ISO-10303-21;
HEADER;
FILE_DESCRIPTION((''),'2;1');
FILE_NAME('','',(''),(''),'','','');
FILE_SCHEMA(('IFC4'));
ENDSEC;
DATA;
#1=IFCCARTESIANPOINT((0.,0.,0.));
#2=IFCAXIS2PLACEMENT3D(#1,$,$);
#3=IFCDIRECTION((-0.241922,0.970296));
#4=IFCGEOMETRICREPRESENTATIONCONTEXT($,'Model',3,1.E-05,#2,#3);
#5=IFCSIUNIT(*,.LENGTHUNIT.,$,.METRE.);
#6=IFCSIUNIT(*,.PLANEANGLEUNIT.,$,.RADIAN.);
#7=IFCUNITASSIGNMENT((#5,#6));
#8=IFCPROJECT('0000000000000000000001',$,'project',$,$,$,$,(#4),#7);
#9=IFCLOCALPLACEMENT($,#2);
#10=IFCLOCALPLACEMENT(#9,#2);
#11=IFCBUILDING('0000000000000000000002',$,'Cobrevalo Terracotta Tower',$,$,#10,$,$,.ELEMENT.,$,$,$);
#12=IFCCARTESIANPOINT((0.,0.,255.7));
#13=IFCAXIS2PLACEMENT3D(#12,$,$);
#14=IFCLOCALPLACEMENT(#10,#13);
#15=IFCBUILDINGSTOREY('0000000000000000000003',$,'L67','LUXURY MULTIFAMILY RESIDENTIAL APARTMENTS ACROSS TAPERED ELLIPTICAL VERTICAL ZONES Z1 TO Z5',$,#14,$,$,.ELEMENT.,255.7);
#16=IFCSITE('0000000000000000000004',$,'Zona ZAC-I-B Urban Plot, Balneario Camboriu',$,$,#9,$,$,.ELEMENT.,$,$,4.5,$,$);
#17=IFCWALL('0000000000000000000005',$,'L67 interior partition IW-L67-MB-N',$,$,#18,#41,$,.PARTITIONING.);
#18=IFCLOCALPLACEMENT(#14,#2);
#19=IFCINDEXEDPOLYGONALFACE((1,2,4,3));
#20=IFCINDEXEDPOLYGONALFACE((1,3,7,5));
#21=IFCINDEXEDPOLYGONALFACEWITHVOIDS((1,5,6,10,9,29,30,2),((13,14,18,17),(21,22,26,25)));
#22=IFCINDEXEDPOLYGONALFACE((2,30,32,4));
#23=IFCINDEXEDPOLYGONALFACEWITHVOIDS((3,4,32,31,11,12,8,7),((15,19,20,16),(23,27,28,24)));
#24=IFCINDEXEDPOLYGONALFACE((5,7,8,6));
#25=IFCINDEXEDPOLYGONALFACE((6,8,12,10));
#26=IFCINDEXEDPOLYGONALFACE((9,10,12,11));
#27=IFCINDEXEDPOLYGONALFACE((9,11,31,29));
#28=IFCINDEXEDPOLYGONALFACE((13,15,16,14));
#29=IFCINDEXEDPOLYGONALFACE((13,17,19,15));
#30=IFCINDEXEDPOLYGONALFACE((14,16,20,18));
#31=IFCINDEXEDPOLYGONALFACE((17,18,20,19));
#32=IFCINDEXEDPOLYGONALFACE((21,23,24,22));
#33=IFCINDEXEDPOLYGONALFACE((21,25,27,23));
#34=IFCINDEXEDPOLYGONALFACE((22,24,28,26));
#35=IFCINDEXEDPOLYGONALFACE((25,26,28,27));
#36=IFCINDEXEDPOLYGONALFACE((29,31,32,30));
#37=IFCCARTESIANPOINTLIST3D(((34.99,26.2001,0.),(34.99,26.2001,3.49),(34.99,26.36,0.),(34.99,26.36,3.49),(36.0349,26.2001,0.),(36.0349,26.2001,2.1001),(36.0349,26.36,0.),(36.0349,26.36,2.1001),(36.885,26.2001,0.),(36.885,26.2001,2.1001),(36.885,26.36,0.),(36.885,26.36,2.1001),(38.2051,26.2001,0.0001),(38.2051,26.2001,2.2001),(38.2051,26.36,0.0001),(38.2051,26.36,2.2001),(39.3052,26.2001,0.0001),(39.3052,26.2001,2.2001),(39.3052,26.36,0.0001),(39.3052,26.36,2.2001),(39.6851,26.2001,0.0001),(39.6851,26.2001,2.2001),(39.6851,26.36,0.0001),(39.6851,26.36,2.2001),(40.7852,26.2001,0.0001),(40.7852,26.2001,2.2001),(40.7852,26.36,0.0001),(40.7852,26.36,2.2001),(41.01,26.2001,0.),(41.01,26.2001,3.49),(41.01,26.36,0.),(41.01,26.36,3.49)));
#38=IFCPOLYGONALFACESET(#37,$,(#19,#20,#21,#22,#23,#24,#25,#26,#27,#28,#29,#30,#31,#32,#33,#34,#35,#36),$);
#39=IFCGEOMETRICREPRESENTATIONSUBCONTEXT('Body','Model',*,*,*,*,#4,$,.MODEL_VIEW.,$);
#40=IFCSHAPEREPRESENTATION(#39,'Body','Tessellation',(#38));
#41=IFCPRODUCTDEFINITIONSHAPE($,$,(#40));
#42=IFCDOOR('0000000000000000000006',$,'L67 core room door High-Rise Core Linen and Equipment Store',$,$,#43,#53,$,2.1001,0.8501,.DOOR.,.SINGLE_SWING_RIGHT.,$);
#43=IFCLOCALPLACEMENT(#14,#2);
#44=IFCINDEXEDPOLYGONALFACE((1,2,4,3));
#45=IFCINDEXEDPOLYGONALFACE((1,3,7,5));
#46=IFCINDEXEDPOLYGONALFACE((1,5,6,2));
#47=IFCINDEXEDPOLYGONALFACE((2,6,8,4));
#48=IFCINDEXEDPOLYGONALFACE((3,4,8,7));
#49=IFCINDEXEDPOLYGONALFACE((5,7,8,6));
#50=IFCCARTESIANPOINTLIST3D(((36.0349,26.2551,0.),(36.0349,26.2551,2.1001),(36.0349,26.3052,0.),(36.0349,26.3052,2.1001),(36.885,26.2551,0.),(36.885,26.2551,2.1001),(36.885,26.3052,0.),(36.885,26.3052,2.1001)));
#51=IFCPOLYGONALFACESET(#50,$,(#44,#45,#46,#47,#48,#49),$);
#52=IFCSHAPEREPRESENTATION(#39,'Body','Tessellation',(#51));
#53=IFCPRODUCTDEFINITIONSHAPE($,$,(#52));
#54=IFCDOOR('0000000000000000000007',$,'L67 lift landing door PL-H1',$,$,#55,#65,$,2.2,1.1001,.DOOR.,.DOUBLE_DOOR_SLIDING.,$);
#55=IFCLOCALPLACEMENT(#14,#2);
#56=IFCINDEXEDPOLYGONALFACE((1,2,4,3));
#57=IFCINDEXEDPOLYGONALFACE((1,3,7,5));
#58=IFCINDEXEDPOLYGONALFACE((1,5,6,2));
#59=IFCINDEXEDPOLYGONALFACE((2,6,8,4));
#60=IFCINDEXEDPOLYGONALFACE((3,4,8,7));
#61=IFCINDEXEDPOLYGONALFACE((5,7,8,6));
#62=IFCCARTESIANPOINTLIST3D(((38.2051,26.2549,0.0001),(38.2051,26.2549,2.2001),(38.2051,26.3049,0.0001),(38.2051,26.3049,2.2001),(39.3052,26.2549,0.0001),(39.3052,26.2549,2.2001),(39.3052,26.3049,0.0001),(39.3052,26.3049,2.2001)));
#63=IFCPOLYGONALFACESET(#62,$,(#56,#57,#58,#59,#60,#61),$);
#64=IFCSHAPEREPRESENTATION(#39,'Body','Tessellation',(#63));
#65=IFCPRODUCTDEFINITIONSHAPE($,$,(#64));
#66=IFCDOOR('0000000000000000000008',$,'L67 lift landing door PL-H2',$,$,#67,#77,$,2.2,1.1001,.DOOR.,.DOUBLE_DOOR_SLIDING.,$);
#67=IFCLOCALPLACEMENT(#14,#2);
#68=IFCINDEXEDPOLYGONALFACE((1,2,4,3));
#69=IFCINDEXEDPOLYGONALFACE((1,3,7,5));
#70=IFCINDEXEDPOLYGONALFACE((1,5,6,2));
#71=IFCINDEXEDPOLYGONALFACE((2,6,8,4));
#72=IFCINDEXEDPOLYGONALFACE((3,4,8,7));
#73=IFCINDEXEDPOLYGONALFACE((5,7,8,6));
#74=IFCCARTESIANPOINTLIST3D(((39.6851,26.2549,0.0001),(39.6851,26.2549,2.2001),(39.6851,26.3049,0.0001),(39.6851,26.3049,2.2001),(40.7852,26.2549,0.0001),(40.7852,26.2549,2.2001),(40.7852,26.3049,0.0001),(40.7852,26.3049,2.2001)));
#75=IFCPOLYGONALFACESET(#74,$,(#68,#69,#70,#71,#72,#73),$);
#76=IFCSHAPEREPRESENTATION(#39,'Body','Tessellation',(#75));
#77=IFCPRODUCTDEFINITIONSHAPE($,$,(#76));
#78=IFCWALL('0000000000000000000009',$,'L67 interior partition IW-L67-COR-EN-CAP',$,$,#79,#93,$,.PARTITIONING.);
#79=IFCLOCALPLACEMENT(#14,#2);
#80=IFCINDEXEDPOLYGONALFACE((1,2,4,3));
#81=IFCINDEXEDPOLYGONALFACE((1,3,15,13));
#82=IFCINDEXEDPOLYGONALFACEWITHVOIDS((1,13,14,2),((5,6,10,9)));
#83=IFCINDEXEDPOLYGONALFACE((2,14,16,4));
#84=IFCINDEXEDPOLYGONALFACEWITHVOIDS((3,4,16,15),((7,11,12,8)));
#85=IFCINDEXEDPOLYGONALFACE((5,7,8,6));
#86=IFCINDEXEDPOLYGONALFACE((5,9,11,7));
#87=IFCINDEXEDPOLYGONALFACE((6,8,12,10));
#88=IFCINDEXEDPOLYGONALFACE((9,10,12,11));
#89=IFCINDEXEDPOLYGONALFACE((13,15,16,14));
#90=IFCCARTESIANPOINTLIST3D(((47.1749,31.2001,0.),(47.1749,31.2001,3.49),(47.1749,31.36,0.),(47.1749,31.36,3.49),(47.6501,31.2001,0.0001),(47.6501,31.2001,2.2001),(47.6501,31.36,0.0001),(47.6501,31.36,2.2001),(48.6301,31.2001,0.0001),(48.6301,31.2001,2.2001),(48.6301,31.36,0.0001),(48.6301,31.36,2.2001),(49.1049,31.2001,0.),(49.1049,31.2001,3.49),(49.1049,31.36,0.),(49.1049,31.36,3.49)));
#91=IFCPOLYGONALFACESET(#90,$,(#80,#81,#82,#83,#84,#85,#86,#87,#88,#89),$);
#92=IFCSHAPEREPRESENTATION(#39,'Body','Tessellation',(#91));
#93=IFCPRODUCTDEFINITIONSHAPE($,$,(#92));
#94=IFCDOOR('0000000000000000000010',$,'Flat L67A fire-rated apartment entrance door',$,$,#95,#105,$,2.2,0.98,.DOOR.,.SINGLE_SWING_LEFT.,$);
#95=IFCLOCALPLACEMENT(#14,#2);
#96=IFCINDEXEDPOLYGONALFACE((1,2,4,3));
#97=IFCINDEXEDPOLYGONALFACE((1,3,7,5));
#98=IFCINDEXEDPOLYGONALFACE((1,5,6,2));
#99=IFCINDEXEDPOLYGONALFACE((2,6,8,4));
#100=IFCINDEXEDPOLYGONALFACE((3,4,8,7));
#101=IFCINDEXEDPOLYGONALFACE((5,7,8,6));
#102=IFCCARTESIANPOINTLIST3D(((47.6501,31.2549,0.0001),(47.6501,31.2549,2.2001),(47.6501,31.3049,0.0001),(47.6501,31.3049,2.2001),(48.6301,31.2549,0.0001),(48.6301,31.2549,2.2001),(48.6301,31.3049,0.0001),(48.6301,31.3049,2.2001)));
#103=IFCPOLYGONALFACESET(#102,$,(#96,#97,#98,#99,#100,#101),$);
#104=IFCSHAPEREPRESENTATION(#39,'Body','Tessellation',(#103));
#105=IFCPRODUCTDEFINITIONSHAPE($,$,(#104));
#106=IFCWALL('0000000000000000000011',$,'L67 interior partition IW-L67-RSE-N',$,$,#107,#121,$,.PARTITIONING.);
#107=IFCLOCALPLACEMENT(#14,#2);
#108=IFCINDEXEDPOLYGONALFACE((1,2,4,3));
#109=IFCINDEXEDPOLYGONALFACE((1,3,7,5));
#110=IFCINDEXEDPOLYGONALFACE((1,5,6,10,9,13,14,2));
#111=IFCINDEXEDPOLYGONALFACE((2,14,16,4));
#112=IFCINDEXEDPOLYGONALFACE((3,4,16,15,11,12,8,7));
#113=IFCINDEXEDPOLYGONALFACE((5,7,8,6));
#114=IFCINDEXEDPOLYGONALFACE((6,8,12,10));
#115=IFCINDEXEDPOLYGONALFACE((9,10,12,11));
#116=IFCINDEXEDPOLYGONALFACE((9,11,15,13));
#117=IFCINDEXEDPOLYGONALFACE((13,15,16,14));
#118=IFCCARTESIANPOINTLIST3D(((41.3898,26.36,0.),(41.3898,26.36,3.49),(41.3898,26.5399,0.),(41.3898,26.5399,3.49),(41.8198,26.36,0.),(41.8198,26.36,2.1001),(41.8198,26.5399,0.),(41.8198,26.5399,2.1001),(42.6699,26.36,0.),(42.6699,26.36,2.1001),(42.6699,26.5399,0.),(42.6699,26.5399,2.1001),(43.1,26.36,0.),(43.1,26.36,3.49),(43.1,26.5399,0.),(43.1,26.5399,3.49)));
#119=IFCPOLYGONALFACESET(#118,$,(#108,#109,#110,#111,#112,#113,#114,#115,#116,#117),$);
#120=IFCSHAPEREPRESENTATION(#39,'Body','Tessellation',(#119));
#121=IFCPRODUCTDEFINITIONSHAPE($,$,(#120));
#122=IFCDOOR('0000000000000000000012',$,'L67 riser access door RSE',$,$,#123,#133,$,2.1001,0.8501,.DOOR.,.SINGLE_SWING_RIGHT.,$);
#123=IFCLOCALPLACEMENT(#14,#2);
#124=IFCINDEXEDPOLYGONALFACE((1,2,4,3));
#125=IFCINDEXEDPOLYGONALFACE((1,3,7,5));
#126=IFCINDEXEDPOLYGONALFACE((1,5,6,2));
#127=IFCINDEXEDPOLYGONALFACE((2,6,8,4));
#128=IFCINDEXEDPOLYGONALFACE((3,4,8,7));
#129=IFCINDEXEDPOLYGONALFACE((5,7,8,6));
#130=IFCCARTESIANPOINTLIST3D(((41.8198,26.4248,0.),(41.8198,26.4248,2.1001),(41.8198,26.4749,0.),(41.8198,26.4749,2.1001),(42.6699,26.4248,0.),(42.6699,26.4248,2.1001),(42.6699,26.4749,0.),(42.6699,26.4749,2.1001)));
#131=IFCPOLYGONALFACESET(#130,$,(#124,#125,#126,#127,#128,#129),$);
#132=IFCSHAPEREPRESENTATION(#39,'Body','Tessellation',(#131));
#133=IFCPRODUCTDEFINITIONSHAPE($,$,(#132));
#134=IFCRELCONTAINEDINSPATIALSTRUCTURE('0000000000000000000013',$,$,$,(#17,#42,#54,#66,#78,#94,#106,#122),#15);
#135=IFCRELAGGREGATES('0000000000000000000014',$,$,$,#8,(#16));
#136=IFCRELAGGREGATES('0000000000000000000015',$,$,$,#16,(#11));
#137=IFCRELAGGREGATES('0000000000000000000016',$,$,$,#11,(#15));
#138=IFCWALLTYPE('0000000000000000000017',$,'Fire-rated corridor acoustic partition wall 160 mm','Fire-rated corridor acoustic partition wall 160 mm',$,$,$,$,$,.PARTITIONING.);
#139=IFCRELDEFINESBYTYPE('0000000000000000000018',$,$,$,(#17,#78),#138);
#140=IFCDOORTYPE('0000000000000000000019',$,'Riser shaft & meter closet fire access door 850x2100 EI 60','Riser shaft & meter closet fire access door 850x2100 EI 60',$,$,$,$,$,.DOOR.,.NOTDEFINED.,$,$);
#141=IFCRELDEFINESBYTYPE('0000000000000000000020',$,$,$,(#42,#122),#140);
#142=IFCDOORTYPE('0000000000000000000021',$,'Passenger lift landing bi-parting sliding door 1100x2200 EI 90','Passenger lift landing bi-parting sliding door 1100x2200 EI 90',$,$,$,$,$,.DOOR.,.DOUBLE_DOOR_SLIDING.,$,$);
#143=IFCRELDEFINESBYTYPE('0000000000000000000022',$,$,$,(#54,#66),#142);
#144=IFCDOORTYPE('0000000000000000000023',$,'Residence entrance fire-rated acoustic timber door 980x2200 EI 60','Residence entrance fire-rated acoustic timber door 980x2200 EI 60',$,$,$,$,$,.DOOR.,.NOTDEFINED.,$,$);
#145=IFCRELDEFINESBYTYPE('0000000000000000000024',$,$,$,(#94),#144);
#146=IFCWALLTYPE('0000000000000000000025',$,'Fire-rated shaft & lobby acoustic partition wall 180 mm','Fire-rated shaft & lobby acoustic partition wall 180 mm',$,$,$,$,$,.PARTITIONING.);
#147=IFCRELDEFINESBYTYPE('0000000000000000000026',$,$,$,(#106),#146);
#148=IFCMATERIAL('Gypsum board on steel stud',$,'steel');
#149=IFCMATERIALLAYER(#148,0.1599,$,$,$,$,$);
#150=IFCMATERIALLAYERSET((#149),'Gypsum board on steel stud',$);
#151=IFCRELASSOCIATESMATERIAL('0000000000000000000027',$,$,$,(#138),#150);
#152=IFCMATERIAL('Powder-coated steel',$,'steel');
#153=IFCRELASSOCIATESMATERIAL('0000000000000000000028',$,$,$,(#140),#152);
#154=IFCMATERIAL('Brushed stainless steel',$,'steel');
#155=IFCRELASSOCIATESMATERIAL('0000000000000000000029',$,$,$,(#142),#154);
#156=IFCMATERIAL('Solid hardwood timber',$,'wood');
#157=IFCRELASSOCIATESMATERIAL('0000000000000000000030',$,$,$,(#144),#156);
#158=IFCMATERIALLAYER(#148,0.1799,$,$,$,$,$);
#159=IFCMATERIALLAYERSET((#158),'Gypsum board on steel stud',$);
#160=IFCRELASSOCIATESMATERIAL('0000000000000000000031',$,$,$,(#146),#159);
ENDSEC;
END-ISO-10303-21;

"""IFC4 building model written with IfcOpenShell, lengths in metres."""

from ifc_helpers import new_model, si_unit, direction, frame, frame_2d, origin, place, context, subcontext, project, spatial, rectangle, extrude, source, transform, mapped, material, layer, layer_set, type_object, element, fill, save


model = new_model("IFC4")

# Units and contexts
model_context = context("Model", 3, precision=1e-05, world=origin(), true_north=direction((-0.241922, 0.970296)))
body_context = subcontext(model_context, "Body", "Model", "MODEL_VIEW")
ifc_project = project(units=[si_unit("LENGTHUNIT", "METRE"), si_unit("PLANEANGLEUNIT", "RADIAN")], contexts=[model_context])

# Site, building, storey
site_placement = place(None, origin())
site = spatial("IfcSite", under=ifc_project, at=site_placement, Name="Zona ZAC-I-B Urban Plot, Balneario Camboriu", CompositionType="ELEMENT", RefElevation=4.5)
building_placement = place(site_placement, origin())
building = spatial("IfcBuilding", under=site, at=building_placement, Name="Cobrevalo Terracotta Tower", CompositionType="ELEMENT")
storey_placement = place(building_placement, frame((0.0, 0.0, 255.7)))
storey = spatial("IfcBuildingStorey", under=building, at=storey_placement, Name="L67", Description="LUXURY MULTIFAMILY RESIDENTIAL APARTMENTS ACROSS TAPERED ELLIPTICAL VERTICAL ZONES Z1 TO Z5", CompositionType="ELEMENT", Elevation=255.7)

# Shared definitions
ifc_material_1 = material(Name="Gypsum board on steel stud", Category="steel")
ifc_layer_1 = layer(ifc_material_1, 0.1599)
ifc_layer_set_1 = layer_set([ifc_layer_1], Name="Gypsum board on steel stud")
wall_type_1 = type_object("IfcWallType", Name="Fire-rated corridor acoustic partition wall 160 mm", Description="Fire-rated corridor acoustic partition wall 160 mm", PredefinedType="PARTITIONING", material=ifc_layer_set_1)

# Wall, openings, doors
ifc_material_2 = material(Name="Powder-coated steel", Category="steel")
door_type_1 = type_object("IfcDoorType", Name="Riser shaft & meter closet fire access door 850x2100 EI 60", Description="Riser shaft & meter closet fire access door 850x2100 EI 60", OperationType="NOTDEFINED", PredefinedType="DOOR", material=ifc_material_2)
shared_shape_1 = source(origin(), body_context, "Body", "SweptSolid", [
    extrude(rectangle(XDim=0.8501, YDim=2.1001, at=frame_2d((0.425, 1.05))), frame((0.0, 0.0249, 0.0), z_axis=(0.0, -1.0, 0.0), x_axis=(1.0, 0.0, 0.0)), (0.0, 0.0, 1.0), 0.05),
])
wall_1_placement = place(storey_placement, frame((34.99, 26.28, 0.0), z_axis=(0.0, 0.0, 1.0), x_axis=(1.0, 0.0, 0.0)))
wall_1 = element("IfcWall", 1, at=wall_1_placement, inside=storey, type_object=wall_type_1, Name="L67 interior partition IW-L67-MB-N", PredefinedType="PARTITIONING", context=body_context, shape_type="SweptSolid", body=[
    extrude(rectangle(XDim=6.02, YDim=0.1599, at=frame_2d((3.01, 0.0))), origin(), (0.0, 0.0, 1.0), 3.49),
])
opening_1_placement = place(wall_1_placement, frame((1.0449, 0.0, 0.0)))
opening_1 = element("IfcOpeningElement", 2, at=opening_1_placement, cuts=wall_1, PredefinedType="OPENING", context=body_context, shape_type="SweptSolid", body=[
    extrude(rectangle(XDim=0.8501, YDim=2.1001, at=frame_2d((0.425, 1.05))), frame((0.0, 0.0898, 0.0), z_axis=(0.0, -1.0, 0.0), x_axis=(1.0, 0.0, 0.0)), (0.0, 0.0, 1.0), 0.1799),
])
opening_2_placement = place(wall_1_placement, frame((3.2151, 0.0, 0.0)))
opening_2 = element("IfcOpeningElement", 3, at=opening_2_placement, cuts=wall_1, PredefinedType="OPENING", context=body_context, shape_type="SweptSolid", body=[
    extrude(rectangle(XDim=1.1001, YDim=2.2, at=frame_2d((0.55, 1.1001))), frame((0.0, 0.0898, 0.0), z_axis=(0.0, -1.0, 0.0), x_axis=(1.0, 0.0, 0.0)), (0.0, 0.0, 1.0), 0.1799),
])
opening_3_placement = place(wall_1_placement, frame((4.6951, 0.0, 0.0)))
opening_3 = element("IfcOpeningElement", 4, at=opening_3_placement, cuts=wall_1, PredefinedType="OPENING", context=body_context, shape_type="SweptSolid", body=[
    extrude(rectangle(XDim=1.1001, YDim=2.2, at=frame_2d((0.55, 1.1001))), frame((0.0, 0.0898, 0.0), z_axis=(0.0, -1.0, 0.0), x_axis=(1.0, 0.0, 0.0)), (0.0, 0.0, 1.0), 0.1799),
])
door_1_placement = place(opening_1_placement, frame((0.8501, 0.0, 0.0), z_axis=(0.0, 0.0, 1.0), x_axis=(-1.0, 0.0, 0.0)))
door_1 = element("IfcDoor", 5, at=door_1_placement, inside=storey, type_object=door_type_1, Name="L67 core room door High-Rise Core Linen and Equipment Store", OperationType="SINGLE_SWING_RIGHT", OverallHeight=2.1001, OverallWidth=0.8501, PredefinedType="DOOR", context=body_context, shape_type="MappedRepresentation", body=[
    mapped(shared_shape_1, transform((0.0, 0.0, 0.0), scale=1.0)),
])
fill(opening_1, door_1)
ifc_material_3 = material(Name="Brushed stainless steel", Category="steel")
door_type_2 = type_object("IfcDoorType", Name="Passenger lift landing bi-parting sliding door 1100x2200 EI 90", Description="Passenger lift landing bi-parting sliding door 1100x2200 EI 90", OperationType="DOUBLE_DOOR_SLIDING", PredefinedType="DOOR", material=ifc_material_3)
shared_shape_2 = source(origin(), body_context, "Body", "SweptSolid", [
    extrude(rectangle(XDim=1.1001, YDim=2.2, at=frame_2d((0.55, 1.1001))), frame((0.0, 0.0249, 0.0), z_axis=(0.0, -1.0, 0.0), x_axis=(1.0, 0.0, 0.0)), (0.0, 0.0, 1.0), 0.05),
])
door_2_placement = place(opening_2_placement, origin())
door_2 = element("IfcDoor", 6, at=door_2_placement, inside=storey, type_object=door_type_2, Name="L67 lift landing door PL-H1", OperationType="DOUBLE_DOOR_SLIDING", OverallHeight=2.2, OverallWidth=1.1001, PredefinedType="DOOR", context=body_context, shape_type="MappedRepresentation", body=[
    mapped(shared_shape_2, transform((0.0, 0.0, 0.0), scale=1.0)),
])
fill(opening_2, door_2)
door_3_placement = place(opening_3_placement, origin())
door_3 = element("IfcDoor", 7, at=door_3_placement, inside=storey, type_object=door_type_2, Name="L67 lift landing door PL-H2", OperationType="DOUBLE_DOOR_SLIDING", OverallHeight=2.2, OverallWidth=1.1001, PredefinedType="DOOR", context=body_context, shape_type="MappedRepresentation", body=[
    mapped(shared_shape_2, transform((0.0, 0.0, 0.0), scale=1.0)),
])
fill(opening_3, door_3)

# Walls, openings, doors
wall_2_placement = place(storey_placement, frame((47.175, 31.28, 0.0), z_axis=(0.0, 0.0, 1.0), x_axis=(1.0, 0.0, 0.0)))
wall_2 = element("IfcWall", 8, at=wall_2_placement, inside=storey, type_object=wall_type_1, Name="L67 interior partition IW-L67-COR-EN-CAP", PredefinedType="PARTITIONING", context=body_context, shape_type="SweptSolid", body=[
    extrude(rectangle(XDim=1.9299, YDim=0.1599, at=frame_2d((0.9648, 0.0))), origin(), (0.0, 0.0, 1.0), 3.49),
])
opening_4_placement = place(wall_2_placement, frame((0.4751, 0.0, 0.0)))
opening_4 = element("IfcOpeningElement", 9, at=opening_4_placement, cuts=wall_2, PredefinedType="OPENING", context=body_context, shape_type="SweptSolid", body=[
    extrude(rectangle(XDim=0.98, YDim=2.2, at=frame_2d((0.49, 1.1001))), frame((0.0, 0.0898, 0.0), z_axis=(0.0, -1.0, 0.0), x_axis=(1.0, 0.0, 0.0)), (0.0, 0.0, 1.0), 0.1799),
])
ifc_material_4 = material(Name="Solid hardwood timber", Category="wood")
door_type_3 = type_object("IfcDoorType", Name="Residence entrance fire-rated acoustic timber door 980x2200 EI 60", Description="Residence entrance fire-rated acoustic timber door 980x2200 EI 60", OperationType="NOTDEFINED", PredefinedType="DOOR", material=ifc_material_4)
shared_shape_3 = source(origin(), body_context, "Body", "SweptSolid", [
    extrude(rectangle(XDim=0.98, YDim=2.2, at=frame_2d((0.49, 1.1001))), frame((0.0, 0.0249, 0.0), z_axis=(0.0, -1.0, 0.0), x_axis=(1.0, 0.0, 0.0)), (0.0, 0.0, 1.0), 0.05),
])
door_4_placement = place(opening_4_placement, origin())
door_4 = element("IfcDoor", 10, at=door_4_placement, inside=storey, type_object=door_type_3, Name="Flat L67A fire-rated apartment entrance door", OperationType="SINGLE_SWING_LEFT", OverallHeight=2.2, OverallWidth=0.98, PredefinedType="DOOR", context=body_context, shape_type="MappedRepresentation", body=[
    mapped(shared_shape_3, transform((0.0, 0.0, 0.0), scale=1.0)),
])
fill(opening_4, door_4)
ifc_layer_2 = layer(ifc_material_1, 0.1799)
ifc_layer_set_2 = layer_set([ifc_layer_2], Name="Gypsum board on steel stud")
wall_type_2 = type_object("IfcWallType", Name="Fire-rated shaft & lobby acoustic partition wall 180 mm", Description="Fire-rated shaft & lobby acoustic partition wall 180 mm", PredefinedType="PARTITIONING", material=ifc_layer_set_2)
wall_3_placement = place(storey_placement, frame((41.3899, 26.45, 0.0), z_axis=(0.0, 0.0, 1.0), x_axis=(1.0, 0.0, 0.0)))
wall_3 = element("IfcWall", 11, at=wall_3_placement, inside=storey, type_object=wall_type_2, Name="L67 interior partition IW-L67-RSE-N", PredefinedType="PARTITIONING", context=body_context, shape_type="SweptSolid", body=[
    extrude(rectangle(XDim=1.7102, YDim=0.1799, at=frame_2d((0.855, 0.0))), origin(), (0.0, 0.0, 1.0), 3.49),
])
opening_5_placement = place(wall_3_placement, frame((0.4299, 0.0, 0.0)))
opening_5 = element("IfcOpeningElement", 12, at=opening_5_placement, cuts=wall_3, PredefinedType="OPENING", context=body_context, shape_type="SweptSolid", body=[
    extrude(rectangle(XDim=0.8501, YDim=2.1001, at=frame_2d((0.425, 1.05))), frame((0.0, 0.1001, 0.0), z_axis=(0.0, -1.0, 0.0), x_axis=(1.0, 0.0, 0.0)), (0.0, 0.0, 1.0), 0.2),
])
door_5_placement = place(opening_5_placement, origin())
door_5 = element("IfcDoor", 13, at=door_5_placement, inside=storey, type_object=door_type_1, Name="L67 riser access door RSE", OperationType="SINGLE_SWING_RIGHT", OverallHeight=2.1001, OverallWidth=0.8501, PredefinedType="DOOR", context=body_context, shape_type="MappedRepresentation", body=[
    mapped(shared_shape_1, transform((0.0, 0.0, 0.0), scale=1.0)),
])
fill(opening_5, door_5)

save(model, "model.ifc")
